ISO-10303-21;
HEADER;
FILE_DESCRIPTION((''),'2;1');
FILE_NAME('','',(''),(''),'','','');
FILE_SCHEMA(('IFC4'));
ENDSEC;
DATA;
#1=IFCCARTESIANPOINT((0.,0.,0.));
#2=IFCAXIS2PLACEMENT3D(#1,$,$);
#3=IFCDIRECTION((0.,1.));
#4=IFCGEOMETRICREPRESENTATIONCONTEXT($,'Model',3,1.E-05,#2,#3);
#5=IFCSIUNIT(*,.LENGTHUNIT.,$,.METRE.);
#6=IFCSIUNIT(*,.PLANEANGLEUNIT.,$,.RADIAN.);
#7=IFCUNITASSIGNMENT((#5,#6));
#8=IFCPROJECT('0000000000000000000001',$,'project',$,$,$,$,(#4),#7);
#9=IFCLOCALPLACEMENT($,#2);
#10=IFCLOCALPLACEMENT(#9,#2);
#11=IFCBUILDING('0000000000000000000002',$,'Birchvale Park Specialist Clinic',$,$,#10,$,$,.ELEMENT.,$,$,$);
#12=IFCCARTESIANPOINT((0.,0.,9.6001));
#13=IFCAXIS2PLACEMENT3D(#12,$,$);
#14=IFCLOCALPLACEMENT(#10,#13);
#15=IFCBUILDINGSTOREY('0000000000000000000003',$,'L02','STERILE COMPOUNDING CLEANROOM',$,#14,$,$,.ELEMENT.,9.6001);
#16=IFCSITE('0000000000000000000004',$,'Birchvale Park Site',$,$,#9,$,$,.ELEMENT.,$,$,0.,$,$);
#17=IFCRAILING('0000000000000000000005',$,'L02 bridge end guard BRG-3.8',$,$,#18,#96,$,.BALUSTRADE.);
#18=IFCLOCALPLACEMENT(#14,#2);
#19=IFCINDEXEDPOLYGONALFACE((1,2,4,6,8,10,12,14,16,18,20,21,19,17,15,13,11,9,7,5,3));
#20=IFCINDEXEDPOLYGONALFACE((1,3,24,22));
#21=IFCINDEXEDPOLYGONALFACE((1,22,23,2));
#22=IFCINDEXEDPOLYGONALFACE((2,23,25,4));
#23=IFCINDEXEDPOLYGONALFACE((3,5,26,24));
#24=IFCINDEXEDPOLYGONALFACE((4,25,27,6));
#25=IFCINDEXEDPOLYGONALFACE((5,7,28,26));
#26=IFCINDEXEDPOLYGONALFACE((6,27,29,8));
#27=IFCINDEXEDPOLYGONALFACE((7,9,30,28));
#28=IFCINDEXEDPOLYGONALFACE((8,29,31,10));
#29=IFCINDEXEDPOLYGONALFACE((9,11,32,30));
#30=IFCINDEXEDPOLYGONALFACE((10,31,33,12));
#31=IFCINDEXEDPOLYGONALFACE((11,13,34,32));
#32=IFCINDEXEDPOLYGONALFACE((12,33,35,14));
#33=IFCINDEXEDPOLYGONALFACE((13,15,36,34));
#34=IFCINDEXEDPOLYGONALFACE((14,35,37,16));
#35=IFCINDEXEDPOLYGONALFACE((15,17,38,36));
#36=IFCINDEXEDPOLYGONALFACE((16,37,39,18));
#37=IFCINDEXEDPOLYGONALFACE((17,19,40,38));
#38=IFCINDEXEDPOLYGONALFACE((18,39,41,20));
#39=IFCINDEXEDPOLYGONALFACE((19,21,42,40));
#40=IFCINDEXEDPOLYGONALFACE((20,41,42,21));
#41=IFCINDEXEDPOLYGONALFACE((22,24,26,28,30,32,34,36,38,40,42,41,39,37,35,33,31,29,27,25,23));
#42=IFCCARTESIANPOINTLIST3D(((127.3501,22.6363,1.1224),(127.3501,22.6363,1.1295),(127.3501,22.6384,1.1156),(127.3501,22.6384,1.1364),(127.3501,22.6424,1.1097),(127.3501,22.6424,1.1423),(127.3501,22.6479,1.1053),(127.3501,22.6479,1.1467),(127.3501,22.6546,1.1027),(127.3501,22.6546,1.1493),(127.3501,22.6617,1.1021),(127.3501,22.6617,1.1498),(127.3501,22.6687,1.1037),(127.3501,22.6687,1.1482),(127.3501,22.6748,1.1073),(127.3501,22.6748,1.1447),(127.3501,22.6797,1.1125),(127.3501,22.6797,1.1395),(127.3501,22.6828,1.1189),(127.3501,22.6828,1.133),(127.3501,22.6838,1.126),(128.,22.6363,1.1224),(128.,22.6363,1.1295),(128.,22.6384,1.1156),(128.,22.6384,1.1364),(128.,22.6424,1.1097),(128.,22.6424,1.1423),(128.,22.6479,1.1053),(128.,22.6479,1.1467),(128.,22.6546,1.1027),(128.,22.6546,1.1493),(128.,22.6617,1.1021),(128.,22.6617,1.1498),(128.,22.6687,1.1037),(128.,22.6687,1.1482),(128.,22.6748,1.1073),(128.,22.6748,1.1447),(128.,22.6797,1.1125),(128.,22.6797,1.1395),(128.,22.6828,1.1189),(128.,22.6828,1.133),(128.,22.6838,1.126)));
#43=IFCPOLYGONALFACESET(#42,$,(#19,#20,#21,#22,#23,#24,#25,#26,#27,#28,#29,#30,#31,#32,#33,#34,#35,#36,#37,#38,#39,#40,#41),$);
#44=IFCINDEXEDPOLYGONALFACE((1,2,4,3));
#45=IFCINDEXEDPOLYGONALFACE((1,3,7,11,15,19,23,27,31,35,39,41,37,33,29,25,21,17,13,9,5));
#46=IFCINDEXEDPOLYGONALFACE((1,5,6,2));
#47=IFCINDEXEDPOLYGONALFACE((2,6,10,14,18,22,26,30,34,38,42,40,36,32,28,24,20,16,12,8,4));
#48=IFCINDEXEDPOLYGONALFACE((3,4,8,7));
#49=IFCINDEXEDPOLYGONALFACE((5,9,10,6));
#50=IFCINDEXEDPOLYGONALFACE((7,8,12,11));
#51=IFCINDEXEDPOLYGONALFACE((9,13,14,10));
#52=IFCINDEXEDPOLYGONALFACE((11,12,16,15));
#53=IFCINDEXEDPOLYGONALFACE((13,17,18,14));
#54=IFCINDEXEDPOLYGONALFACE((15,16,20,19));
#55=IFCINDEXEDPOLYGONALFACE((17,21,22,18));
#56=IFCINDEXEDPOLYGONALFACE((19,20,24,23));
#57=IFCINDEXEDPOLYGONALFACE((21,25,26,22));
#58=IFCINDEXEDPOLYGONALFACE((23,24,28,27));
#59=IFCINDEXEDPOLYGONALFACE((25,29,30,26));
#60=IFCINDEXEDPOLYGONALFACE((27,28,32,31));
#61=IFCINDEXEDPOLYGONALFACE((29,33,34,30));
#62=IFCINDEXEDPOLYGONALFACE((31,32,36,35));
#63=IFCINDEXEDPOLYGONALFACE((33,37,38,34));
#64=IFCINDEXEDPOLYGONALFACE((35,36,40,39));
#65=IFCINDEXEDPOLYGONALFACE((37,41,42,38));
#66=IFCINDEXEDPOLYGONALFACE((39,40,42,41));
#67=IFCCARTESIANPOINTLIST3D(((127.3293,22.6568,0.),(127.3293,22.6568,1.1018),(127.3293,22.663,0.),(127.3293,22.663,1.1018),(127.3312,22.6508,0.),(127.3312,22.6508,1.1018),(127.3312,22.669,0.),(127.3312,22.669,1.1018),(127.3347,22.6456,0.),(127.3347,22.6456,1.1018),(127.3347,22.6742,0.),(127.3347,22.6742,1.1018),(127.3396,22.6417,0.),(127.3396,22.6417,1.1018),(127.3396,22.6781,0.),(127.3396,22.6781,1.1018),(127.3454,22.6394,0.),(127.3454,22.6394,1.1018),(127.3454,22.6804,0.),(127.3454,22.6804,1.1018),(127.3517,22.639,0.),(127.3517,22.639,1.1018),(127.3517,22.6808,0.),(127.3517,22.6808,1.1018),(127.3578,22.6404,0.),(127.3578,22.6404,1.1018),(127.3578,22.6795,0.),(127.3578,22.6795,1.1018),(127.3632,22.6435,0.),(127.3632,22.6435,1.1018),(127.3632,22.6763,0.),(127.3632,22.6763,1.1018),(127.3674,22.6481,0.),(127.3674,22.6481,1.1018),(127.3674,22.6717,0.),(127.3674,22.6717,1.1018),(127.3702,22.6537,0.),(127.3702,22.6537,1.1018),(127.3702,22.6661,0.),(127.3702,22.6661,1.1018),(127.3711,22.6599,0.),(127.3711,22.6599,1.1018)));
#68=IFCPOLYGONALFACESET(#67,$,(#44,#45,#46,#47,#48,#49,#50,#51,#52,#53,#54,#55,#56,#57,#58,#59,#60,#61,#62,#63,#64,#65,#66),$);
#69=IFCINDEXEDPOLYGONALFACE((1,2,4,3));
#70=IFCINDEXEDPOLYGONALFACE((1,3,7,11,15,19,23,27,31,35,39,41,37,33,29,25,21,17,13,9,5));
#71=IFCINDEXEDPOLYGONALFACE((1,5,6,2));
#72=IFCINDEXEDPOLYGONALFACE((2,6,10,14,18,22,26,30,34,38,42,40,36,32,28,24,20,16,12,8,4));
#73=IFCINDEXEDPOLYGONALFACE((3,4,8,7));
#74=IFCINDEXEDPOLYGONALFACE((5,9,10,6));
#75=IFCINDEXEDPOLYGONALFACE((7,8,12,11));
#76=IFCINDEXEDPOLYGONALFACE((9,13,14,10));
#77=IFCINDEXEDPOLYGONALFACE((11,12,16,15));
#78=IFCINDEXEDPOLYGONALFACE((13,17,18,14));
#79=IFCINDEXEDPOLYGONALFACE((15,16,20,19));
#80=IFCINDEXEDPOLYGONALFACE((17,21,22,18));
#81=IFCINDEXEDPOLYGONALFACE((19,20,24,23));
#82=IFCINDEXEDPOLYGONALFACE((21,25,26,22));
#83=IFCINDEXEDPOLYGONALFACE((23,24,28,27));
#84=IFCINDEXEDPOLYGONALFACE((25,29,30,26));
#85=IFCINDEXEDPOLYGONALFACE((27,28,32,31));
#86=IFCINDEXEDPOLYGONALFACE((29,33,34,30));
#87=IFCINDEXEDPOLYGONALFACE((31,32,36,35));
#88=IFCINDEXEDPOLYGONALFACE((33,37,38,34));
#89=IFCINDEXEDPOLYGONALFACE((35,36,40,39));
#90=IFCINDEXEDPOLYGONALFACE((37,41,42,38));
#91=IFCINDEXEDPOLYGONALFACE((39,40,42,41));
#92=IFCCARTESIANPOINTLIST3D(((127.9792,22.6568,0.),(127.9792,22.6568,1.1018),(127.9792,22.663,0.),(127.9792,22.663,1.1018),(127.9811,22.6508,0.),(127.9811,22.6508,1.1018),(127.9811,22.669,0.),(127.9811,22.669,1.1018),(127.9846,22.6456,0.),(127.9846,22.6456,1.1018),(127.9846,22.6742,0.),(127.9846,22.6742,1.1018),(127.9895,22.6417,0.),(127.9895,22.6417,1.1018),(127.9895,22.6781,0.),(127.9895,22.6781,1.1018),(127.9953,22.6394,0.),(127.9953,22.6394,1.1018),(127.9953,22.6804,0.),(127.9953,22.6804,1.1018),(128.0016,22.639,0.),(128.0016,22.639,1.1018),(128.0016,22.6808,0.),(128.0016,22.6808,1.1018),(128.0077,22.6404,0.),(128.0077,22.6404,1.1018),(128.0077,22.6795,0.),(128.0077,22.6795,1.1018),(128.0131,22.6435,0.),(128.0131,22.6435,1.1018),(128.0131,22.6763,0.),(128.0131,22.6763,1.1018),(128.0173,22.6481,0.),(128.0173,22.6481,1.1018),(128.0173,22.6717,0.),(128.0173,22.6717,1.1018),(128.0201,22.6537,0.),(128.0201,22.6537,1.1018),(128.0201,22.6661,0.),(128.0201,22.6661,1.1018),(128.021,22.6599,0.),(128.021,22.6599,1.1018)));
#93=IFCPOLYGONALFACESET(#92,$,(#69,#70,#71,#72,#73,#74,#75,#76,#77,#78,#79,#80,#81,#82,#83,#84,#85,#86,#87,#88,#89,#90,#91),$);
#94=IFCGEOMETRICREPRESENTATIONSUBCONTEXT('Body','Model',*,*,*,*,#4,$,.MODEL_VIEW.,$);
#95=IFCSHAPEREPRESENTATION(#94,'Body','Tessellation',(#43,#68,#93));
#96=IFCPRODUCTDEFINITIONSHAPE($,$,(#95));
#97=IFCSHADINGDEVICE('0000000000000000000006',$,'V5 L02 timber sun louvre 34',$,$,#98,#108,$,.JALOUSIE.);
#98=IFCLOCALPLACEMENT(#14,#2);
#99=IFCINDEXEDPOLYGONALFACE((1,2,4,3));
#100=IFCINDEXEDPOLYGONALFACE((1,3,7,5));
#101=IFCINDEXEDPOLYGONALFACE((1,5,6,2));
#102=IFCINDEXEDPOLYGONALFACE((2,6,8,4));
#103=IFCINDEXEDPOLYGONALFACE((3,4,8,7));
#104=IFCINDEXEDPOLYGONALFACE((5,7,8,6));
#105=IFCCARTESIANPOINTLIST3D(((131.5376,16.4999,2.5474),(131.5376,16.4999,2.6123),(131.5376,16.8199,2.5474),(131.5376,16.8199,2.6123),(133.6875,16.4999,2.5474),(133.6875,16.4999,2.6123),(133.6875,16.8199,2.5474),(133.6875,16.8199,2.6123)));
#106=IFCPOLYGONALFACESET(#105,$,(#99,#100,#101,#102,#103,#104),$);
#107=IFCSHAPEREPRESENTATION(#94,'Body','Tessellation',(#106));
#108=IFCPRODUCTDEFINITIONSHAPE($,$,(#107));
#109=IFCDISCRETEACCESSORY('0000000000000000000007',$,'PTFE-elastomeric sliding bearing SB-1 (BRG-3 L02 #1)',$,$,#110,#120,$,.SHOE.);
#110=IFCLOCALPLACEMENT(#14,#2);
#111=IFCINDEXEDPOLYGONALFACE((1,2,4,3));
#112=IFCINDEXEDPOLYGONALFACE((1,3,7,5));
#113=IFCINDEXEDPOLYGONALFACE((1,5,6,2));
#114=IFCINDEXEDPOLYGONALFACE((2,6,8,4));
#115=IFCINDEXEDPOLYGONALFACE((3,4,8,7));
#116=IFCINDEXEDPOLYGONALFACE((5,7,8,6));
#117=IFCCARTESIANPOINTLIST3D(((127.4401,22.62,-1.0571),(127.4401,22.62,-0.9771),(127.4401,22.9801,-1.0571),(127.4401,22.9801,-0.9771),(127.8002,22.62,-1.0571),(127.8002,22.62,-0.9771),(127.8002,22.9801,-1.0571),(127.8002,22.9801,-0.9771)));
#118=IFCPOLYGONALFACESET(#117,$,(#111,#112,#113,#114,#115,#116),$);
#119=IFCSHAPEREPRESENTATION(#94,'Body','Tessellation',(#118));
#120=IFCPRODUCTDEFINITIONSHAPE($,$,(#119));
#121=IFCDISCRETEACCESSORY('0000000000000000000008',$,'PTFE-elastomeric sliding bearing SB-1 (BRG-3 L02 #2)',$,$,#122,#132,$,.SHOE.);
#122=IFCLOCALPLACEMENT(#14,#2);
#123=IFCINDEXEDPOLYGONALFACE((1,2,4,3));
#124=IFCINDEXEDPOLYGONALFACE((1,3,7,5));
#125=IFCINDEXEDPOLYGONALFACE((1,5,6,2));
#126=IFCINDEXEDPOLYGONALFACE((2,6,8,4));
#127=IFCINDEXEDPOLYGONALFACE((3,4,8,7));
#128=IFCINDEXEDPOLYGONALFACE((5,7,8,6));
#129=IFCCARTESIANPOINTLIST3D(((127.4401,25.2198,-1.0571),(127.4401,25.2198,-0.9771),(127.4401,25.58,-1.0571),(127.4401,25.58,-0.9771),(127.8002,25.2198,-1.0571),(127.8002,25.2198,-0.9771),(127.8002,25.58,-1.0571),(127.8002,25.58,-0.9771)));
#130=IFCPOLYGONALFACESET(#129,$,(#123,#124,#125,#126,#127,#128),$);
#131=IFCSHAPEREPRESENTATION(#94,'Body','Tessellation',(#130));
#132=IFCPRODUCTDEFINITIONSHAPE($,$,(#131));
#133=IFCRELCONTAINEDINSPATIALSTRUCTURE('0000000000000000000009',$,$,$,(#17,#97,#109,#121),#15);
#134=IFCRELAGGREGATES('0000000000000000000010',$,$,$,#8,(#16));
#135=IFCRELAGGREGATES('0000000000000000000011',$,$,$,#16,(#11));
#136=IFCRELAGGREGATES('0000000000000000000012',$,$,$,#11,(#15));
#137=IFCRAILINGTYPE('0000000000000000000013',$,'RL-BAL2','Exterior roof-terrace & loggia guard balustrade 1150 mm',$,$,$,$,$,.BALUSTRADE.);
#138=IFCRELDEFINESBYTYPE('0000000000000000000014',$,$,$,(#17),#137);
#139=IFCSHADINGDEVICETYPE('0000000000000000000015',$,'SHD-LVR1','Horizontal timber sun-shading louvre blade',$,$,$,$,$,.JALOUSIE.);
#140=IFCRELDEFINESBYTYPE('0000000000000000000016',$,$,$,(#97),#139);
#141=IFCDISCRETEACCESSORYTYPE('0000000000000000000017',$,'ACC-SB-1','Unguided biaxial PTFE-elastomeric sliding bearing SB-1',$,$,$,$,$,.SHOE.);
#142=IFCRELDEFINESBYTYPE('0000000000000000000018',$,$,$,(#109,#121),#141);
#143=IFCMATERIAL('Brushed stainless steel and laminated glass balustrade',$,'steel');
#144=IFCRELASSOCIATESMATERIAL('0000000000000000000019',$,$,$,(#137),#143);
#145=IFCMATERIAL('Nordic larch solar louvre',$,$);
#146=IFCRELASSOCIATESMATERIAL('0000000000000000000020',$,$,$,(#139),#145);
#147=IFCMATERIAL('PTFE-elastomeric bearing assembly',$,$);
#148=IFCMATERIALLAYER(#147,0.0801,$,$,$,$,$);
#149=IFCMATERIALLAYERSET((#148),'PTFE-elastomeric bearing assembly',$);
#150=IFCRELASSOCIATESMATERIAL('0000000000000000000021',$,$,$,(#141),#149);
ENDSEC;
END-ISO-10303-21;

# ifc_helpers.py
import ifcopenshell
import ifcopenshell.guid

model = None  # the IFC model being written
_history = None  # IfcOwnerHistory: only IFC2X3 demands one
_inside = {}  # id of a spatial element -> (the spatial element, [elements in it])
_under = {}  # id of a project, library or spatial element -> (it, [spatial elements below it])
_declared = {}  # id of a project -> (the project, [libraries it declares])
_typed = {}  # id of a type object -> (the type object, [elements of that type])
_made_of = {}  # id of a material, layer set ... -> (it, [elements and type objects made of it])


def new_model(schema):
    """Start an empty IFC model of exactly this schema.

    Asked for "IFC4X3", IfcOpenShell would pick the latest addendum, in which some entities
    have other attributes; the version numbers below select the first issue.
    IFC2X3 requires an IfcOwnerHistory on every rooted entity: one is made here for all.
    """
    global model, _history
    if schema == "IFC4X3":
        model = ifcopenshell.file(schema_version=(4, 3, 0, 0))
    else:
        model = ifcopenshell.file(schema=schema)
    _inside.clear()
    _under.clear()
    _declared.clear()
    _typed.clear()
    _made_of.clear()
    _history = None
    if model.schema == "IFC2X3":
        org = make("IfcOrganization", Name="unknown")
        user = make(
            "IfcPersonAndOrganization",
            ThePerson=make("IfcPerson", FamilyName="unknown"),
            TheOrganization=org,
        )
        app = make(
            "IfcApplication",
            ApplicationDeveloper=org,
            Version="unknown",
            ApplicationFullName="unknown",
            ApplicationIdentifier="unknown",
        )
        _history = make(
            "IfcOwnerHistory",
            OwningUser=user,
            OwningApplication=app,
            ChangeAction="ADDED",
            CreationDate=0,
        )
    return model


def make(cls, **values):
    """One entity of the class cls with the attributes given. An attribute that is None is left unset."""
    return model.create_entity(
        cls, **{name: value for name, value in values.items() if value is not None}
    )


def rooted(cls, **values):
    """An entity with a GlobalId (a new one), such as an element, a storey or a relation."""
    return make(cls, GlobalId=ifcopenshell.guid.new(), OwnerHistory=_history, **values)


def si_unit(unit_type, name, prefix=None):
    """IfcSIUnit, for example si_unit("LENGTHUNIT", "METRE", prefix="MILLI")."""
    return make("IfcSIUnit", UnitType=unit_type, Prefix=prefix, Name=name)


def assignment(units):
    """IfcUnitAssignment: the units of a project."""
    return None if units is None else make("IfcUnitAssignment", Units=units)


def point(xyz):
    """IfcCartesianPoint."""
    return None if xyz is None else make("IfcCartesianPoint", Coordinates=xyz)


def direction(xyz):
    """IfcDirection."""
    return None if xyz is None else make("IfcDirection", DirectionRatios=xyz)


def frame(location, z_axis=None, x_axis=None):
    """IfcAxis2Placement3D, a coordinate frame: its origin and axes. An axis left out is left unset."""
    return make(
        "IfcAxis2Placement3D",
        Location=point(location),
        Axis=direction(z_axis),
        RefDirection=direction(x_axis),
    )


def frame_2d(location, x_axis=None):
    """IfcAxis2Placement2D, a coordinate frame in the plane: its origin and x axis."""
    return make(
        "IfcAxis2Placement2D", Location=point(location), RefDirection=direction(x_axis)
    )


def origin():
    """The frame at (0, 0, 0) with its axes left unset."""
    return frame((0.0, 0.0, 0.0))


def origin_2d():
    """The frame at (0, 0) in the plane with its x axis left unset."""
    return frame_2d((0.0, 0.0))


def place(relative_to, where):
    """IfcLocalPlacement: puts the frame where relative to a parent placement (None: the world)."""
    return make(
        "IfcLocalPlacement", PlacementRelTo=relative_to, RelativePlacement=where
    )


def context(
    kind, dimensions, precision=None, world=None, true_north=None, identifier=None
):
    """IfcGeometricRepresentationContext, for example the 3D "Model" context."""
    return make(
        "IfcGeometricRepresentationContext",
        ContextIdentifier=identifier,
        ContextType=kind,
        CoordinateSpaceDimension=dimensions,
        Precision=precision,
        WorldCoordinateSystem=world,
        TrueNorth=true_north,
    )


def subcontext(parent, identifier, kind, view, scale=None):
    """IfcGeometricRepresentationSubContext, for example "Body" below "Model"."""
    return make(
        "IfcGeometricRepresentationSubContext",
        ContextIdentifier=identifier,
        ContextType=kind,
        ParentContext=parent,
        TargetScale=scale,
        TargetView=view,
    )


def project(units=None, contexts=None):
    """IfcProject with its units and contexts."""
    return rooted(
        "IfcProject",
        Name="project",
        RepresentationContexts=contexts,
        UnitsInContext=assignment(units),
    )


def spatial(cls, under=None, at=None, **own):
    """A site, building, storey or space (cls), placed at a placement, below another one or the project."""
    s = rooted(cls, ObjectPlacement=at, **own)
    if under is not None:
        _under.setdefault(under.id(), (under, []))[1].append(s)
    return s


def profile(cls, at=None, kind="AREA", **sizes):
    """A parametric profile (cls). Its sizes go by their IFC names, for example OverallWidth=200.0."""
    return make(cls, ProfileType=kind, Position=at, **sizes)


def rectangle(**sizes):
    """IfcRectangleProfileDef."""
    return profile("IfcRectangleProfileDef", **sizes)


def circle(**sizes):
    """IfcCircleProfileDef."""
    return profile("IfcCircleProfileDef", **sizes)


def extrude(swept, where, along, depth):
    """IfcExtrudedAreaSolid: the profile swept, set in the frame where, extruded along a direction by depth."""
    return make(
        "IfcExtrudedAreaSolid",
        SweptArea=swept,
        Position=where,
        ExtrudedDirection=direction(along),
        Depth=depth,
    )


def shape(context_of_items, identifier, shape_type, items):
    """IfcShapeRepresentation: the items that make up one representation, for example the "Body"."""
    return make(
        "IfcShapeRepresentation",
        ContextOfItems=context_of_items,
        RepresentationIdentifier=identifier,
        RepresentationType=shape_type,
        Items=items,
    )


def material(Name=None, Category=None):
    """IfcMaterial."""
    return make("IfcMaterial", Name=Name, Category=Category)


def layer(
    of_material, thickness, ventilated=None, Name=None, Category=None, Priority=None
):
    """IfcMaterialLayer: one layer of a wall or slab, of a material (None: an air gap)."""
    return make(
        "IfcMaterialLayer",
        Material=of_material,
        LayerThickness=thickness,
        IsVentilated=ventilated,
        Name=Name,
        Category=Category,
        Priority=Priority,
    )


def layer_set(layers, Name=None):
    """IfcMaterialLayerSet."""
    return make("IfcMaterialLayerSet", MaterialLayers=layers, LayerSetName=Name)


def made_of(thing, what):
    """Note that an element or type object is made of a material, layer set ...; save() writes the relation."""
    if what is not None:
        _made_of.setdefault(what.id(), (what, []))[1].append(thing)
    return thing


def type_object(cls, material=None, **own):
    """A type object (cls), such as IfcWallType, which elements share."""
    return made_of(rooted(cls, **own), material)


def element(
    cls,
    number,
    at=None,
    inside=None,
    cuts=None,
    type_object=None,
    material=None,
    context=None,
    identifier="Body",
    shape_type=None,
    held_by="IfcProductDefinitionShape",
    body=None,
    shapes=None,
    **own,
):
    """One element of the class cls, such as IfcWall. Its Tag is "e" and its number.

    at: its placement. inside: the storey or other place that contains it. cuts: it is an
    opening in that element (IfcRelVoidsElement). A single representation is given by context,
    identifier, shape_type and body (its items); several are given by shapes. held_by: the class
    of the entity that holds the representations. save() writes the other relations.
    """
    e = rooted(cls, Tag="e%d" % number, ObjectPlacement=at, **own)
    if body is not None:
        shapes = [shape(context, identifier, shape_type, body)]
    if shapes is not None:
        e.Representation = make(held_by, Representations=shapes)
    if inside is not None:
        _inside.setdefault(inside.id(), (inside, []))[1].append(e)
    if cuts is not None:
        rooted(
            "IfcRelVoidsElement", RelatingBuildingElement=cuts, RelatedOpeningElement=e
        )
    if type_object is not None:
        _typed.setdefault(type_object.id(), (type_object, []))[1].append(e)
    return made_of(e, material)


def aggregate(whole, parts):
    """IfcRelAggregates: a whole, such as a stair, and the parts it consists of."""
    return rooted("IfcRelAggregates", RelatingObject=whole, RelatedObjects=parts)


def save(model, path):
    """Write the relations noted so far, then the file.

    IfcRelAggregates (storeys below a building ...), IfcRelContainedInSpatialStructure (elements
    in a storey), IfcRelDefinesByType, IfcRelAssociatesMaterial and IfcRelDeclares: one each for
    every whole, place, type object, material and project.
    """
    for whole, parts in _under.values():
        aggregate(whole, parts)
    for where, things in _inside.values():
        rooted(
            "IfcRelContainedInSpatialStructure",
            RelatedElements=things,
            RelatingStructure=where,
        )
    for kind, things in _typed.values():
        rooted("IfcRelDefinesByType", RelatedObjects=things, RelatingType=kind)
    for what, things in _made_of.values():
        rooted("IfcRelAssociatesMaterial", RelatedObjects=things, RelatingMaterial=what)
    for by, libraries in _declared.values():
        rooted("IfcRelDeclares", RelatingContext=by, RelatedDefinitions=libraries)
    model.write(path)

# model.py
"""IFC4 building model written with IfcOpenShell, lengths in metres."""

from ifc_helpers import new_model, si_unit, direction, frame, origin, origin_2d, place, context, subcontext, project, spatial, rectangle, circle, extrude, material, layer, layer_set, type_object, element, save


model = new_model("IFC4")

# Units and contexts
model_context = context("Model", 3, precision=1e-05, world=origin(), true_north=direction((0.0, 1.0)))
body_context = subcontext(model_context, "Body", "Model", "MODEL_VIEW")
ifc_project = project(units=[si_unit("LENGTHUNIT", "METRE"), si_unit("PLANEANGLEUNIT", "RADIAN")], contexts=[model_context])

# Site, building, storey
site_placement = place(None, origin())
site = spatial("IfcSite", under=ifc_project, at=site_placement, Name="Birchvale Park Site", CompositionType="ELEMENT", RefElevation=0.0)
building_placement = place(site_placement, origin())
building = spatial("IfcBuilding", under=site, at=building_placement, Name="Birchvale Park Specialist Clinic", CompositionType="ELEMENT")
storey_placement = place(building_placement, frame((0.0, 0.0, 9.6001)))
storey = spatial("IfcBuildingStorey", under=building, at=storey_placement, Name="L02", Description="STERILE COMPOUNDING CLEANROOM", CompositionType="ELEMENT", Elevation=9.6001)

# Railing
ifc_material_1 = material(Name="Brushed stainless steel and laminated glass balustrade", Category="steel")
railing_type = type_object("IfcRailingType", Name="RL-BAL2", Description="Exterior roof-terrace & loggia guard balustrade 1150 mm", PredefinedType="BALUSTRADE", material=ifc_material_1)
for number, where, name in (
    (1, (127.3501, 22.6599, 0.0), "L02 bridge end guard BRG-3.8"),
):
    element("IfcRailing", number, at=place(storey_placement, frame(where)), inside=storey, type_object=railing_type, Name=name, PredefinedType="BALUSTRADE", context=body_context, shape_type="SweptSolid", body=[
        extrude(circle(Radius=0.0239, at=origin_2d()), frame((0.0, 0.0, 1.126), z_axis=(1.0, 0.0, 0.0), x_axis=(0.0, 1.0, 0.0)), (0.0, 0.0, 1.0), 0.6499),
        extrude(circle(Radius=0.021, at=origin_2d()), origin(), (0.0, 0.0, 1.0), 1.1018),
        extrude(circle(Radius=0.021, at=origin_2d()), frame((0.6499, 0.0, 0.0)), (0.0, 0.0, 1.0), 1.1018),
    ])

# Shading device
ifc_material_2 = material(Name="Nordic larch solar louvre")
shading_device_type = type_object("IfcShadingDeviceType", Name="SHD-LVR1", Description="Horizontal timber sun-shading louvre blade", PredefinedType="JALOUSIE", material=ifc_material_2)
shading_device_placement = place(storey_placement, frame((132.6125, 16.6599, 2.5474), z_axis=(0.0, 0.0, 1.0), x_axis=(1.0, 0.0, 0.0)))
element("IfcShadingDevice", 2, at=shading_device_placement, inside=storey, type_object=shading_device_type, Name="V5 L02 timber sun louvre 34", PredefinedType="JALOUSIE", context=body_context, shape_type="SweptSolid", body=[
    extrude(rectangle(XDim=2.1499, YDim=0.3201, at=origin_2d()), origin(), (0.0, 0.0, 1.0), 0.0649),
])

# Discrete accessories
ifc_material_3 = material(Name="PTFE-elastomeric bearing assembly")
ifc_layer_1 = layer(ifc_material_3, 0.0801)
ifc_layer_set_1 = layer_set([ifc_layer_1], Name="PTFE-elastomeric bearing assembly")
discrete_accessory_type = type_object("IfcDiscreteAccessoryType", Name="ACC-SB-1", Description="Unguided biaxial PTFE-elastomeric sliding bearing SB-1", PredefinedType="SHOE", material=ifc_layer_set_1)
for number, where, z_axis, x_axis, name in (
    (3, (127.6201, 22.8, -1.0571), (0.0, 0.0, 1.0), (1.0, 0.0, 0.0), "PTFE-elastomeric sliding bearing SB-1 (BRG-3 L02 #1)"),
    (4, (127.6201, 25.3999, -1.0571), (0.0, 0.0, 1.0), (1.0, 0.0, 0.0), "PTFE-elastomeric sliding bearing SB-1 (BRG-3 L02 #2)"),
):
    element("IfcDiscreteAccessory", number, at=place(storey_placement, frame(where, z_axis=z_axis, x_axis=x_axis)), inside=storey, type_object=discrete_accessory_type, Name=name, PredefinedType="SHOE", context=body_context, shape_type="SweptSolid", body=[
        extrude(rectangle(XDim=0.3601, YDim=0.3601, at=origin_2d()), origin(), (0.0, 0.0, 1.0), 0.0801),
    ])

save(model, "model.ifc")
